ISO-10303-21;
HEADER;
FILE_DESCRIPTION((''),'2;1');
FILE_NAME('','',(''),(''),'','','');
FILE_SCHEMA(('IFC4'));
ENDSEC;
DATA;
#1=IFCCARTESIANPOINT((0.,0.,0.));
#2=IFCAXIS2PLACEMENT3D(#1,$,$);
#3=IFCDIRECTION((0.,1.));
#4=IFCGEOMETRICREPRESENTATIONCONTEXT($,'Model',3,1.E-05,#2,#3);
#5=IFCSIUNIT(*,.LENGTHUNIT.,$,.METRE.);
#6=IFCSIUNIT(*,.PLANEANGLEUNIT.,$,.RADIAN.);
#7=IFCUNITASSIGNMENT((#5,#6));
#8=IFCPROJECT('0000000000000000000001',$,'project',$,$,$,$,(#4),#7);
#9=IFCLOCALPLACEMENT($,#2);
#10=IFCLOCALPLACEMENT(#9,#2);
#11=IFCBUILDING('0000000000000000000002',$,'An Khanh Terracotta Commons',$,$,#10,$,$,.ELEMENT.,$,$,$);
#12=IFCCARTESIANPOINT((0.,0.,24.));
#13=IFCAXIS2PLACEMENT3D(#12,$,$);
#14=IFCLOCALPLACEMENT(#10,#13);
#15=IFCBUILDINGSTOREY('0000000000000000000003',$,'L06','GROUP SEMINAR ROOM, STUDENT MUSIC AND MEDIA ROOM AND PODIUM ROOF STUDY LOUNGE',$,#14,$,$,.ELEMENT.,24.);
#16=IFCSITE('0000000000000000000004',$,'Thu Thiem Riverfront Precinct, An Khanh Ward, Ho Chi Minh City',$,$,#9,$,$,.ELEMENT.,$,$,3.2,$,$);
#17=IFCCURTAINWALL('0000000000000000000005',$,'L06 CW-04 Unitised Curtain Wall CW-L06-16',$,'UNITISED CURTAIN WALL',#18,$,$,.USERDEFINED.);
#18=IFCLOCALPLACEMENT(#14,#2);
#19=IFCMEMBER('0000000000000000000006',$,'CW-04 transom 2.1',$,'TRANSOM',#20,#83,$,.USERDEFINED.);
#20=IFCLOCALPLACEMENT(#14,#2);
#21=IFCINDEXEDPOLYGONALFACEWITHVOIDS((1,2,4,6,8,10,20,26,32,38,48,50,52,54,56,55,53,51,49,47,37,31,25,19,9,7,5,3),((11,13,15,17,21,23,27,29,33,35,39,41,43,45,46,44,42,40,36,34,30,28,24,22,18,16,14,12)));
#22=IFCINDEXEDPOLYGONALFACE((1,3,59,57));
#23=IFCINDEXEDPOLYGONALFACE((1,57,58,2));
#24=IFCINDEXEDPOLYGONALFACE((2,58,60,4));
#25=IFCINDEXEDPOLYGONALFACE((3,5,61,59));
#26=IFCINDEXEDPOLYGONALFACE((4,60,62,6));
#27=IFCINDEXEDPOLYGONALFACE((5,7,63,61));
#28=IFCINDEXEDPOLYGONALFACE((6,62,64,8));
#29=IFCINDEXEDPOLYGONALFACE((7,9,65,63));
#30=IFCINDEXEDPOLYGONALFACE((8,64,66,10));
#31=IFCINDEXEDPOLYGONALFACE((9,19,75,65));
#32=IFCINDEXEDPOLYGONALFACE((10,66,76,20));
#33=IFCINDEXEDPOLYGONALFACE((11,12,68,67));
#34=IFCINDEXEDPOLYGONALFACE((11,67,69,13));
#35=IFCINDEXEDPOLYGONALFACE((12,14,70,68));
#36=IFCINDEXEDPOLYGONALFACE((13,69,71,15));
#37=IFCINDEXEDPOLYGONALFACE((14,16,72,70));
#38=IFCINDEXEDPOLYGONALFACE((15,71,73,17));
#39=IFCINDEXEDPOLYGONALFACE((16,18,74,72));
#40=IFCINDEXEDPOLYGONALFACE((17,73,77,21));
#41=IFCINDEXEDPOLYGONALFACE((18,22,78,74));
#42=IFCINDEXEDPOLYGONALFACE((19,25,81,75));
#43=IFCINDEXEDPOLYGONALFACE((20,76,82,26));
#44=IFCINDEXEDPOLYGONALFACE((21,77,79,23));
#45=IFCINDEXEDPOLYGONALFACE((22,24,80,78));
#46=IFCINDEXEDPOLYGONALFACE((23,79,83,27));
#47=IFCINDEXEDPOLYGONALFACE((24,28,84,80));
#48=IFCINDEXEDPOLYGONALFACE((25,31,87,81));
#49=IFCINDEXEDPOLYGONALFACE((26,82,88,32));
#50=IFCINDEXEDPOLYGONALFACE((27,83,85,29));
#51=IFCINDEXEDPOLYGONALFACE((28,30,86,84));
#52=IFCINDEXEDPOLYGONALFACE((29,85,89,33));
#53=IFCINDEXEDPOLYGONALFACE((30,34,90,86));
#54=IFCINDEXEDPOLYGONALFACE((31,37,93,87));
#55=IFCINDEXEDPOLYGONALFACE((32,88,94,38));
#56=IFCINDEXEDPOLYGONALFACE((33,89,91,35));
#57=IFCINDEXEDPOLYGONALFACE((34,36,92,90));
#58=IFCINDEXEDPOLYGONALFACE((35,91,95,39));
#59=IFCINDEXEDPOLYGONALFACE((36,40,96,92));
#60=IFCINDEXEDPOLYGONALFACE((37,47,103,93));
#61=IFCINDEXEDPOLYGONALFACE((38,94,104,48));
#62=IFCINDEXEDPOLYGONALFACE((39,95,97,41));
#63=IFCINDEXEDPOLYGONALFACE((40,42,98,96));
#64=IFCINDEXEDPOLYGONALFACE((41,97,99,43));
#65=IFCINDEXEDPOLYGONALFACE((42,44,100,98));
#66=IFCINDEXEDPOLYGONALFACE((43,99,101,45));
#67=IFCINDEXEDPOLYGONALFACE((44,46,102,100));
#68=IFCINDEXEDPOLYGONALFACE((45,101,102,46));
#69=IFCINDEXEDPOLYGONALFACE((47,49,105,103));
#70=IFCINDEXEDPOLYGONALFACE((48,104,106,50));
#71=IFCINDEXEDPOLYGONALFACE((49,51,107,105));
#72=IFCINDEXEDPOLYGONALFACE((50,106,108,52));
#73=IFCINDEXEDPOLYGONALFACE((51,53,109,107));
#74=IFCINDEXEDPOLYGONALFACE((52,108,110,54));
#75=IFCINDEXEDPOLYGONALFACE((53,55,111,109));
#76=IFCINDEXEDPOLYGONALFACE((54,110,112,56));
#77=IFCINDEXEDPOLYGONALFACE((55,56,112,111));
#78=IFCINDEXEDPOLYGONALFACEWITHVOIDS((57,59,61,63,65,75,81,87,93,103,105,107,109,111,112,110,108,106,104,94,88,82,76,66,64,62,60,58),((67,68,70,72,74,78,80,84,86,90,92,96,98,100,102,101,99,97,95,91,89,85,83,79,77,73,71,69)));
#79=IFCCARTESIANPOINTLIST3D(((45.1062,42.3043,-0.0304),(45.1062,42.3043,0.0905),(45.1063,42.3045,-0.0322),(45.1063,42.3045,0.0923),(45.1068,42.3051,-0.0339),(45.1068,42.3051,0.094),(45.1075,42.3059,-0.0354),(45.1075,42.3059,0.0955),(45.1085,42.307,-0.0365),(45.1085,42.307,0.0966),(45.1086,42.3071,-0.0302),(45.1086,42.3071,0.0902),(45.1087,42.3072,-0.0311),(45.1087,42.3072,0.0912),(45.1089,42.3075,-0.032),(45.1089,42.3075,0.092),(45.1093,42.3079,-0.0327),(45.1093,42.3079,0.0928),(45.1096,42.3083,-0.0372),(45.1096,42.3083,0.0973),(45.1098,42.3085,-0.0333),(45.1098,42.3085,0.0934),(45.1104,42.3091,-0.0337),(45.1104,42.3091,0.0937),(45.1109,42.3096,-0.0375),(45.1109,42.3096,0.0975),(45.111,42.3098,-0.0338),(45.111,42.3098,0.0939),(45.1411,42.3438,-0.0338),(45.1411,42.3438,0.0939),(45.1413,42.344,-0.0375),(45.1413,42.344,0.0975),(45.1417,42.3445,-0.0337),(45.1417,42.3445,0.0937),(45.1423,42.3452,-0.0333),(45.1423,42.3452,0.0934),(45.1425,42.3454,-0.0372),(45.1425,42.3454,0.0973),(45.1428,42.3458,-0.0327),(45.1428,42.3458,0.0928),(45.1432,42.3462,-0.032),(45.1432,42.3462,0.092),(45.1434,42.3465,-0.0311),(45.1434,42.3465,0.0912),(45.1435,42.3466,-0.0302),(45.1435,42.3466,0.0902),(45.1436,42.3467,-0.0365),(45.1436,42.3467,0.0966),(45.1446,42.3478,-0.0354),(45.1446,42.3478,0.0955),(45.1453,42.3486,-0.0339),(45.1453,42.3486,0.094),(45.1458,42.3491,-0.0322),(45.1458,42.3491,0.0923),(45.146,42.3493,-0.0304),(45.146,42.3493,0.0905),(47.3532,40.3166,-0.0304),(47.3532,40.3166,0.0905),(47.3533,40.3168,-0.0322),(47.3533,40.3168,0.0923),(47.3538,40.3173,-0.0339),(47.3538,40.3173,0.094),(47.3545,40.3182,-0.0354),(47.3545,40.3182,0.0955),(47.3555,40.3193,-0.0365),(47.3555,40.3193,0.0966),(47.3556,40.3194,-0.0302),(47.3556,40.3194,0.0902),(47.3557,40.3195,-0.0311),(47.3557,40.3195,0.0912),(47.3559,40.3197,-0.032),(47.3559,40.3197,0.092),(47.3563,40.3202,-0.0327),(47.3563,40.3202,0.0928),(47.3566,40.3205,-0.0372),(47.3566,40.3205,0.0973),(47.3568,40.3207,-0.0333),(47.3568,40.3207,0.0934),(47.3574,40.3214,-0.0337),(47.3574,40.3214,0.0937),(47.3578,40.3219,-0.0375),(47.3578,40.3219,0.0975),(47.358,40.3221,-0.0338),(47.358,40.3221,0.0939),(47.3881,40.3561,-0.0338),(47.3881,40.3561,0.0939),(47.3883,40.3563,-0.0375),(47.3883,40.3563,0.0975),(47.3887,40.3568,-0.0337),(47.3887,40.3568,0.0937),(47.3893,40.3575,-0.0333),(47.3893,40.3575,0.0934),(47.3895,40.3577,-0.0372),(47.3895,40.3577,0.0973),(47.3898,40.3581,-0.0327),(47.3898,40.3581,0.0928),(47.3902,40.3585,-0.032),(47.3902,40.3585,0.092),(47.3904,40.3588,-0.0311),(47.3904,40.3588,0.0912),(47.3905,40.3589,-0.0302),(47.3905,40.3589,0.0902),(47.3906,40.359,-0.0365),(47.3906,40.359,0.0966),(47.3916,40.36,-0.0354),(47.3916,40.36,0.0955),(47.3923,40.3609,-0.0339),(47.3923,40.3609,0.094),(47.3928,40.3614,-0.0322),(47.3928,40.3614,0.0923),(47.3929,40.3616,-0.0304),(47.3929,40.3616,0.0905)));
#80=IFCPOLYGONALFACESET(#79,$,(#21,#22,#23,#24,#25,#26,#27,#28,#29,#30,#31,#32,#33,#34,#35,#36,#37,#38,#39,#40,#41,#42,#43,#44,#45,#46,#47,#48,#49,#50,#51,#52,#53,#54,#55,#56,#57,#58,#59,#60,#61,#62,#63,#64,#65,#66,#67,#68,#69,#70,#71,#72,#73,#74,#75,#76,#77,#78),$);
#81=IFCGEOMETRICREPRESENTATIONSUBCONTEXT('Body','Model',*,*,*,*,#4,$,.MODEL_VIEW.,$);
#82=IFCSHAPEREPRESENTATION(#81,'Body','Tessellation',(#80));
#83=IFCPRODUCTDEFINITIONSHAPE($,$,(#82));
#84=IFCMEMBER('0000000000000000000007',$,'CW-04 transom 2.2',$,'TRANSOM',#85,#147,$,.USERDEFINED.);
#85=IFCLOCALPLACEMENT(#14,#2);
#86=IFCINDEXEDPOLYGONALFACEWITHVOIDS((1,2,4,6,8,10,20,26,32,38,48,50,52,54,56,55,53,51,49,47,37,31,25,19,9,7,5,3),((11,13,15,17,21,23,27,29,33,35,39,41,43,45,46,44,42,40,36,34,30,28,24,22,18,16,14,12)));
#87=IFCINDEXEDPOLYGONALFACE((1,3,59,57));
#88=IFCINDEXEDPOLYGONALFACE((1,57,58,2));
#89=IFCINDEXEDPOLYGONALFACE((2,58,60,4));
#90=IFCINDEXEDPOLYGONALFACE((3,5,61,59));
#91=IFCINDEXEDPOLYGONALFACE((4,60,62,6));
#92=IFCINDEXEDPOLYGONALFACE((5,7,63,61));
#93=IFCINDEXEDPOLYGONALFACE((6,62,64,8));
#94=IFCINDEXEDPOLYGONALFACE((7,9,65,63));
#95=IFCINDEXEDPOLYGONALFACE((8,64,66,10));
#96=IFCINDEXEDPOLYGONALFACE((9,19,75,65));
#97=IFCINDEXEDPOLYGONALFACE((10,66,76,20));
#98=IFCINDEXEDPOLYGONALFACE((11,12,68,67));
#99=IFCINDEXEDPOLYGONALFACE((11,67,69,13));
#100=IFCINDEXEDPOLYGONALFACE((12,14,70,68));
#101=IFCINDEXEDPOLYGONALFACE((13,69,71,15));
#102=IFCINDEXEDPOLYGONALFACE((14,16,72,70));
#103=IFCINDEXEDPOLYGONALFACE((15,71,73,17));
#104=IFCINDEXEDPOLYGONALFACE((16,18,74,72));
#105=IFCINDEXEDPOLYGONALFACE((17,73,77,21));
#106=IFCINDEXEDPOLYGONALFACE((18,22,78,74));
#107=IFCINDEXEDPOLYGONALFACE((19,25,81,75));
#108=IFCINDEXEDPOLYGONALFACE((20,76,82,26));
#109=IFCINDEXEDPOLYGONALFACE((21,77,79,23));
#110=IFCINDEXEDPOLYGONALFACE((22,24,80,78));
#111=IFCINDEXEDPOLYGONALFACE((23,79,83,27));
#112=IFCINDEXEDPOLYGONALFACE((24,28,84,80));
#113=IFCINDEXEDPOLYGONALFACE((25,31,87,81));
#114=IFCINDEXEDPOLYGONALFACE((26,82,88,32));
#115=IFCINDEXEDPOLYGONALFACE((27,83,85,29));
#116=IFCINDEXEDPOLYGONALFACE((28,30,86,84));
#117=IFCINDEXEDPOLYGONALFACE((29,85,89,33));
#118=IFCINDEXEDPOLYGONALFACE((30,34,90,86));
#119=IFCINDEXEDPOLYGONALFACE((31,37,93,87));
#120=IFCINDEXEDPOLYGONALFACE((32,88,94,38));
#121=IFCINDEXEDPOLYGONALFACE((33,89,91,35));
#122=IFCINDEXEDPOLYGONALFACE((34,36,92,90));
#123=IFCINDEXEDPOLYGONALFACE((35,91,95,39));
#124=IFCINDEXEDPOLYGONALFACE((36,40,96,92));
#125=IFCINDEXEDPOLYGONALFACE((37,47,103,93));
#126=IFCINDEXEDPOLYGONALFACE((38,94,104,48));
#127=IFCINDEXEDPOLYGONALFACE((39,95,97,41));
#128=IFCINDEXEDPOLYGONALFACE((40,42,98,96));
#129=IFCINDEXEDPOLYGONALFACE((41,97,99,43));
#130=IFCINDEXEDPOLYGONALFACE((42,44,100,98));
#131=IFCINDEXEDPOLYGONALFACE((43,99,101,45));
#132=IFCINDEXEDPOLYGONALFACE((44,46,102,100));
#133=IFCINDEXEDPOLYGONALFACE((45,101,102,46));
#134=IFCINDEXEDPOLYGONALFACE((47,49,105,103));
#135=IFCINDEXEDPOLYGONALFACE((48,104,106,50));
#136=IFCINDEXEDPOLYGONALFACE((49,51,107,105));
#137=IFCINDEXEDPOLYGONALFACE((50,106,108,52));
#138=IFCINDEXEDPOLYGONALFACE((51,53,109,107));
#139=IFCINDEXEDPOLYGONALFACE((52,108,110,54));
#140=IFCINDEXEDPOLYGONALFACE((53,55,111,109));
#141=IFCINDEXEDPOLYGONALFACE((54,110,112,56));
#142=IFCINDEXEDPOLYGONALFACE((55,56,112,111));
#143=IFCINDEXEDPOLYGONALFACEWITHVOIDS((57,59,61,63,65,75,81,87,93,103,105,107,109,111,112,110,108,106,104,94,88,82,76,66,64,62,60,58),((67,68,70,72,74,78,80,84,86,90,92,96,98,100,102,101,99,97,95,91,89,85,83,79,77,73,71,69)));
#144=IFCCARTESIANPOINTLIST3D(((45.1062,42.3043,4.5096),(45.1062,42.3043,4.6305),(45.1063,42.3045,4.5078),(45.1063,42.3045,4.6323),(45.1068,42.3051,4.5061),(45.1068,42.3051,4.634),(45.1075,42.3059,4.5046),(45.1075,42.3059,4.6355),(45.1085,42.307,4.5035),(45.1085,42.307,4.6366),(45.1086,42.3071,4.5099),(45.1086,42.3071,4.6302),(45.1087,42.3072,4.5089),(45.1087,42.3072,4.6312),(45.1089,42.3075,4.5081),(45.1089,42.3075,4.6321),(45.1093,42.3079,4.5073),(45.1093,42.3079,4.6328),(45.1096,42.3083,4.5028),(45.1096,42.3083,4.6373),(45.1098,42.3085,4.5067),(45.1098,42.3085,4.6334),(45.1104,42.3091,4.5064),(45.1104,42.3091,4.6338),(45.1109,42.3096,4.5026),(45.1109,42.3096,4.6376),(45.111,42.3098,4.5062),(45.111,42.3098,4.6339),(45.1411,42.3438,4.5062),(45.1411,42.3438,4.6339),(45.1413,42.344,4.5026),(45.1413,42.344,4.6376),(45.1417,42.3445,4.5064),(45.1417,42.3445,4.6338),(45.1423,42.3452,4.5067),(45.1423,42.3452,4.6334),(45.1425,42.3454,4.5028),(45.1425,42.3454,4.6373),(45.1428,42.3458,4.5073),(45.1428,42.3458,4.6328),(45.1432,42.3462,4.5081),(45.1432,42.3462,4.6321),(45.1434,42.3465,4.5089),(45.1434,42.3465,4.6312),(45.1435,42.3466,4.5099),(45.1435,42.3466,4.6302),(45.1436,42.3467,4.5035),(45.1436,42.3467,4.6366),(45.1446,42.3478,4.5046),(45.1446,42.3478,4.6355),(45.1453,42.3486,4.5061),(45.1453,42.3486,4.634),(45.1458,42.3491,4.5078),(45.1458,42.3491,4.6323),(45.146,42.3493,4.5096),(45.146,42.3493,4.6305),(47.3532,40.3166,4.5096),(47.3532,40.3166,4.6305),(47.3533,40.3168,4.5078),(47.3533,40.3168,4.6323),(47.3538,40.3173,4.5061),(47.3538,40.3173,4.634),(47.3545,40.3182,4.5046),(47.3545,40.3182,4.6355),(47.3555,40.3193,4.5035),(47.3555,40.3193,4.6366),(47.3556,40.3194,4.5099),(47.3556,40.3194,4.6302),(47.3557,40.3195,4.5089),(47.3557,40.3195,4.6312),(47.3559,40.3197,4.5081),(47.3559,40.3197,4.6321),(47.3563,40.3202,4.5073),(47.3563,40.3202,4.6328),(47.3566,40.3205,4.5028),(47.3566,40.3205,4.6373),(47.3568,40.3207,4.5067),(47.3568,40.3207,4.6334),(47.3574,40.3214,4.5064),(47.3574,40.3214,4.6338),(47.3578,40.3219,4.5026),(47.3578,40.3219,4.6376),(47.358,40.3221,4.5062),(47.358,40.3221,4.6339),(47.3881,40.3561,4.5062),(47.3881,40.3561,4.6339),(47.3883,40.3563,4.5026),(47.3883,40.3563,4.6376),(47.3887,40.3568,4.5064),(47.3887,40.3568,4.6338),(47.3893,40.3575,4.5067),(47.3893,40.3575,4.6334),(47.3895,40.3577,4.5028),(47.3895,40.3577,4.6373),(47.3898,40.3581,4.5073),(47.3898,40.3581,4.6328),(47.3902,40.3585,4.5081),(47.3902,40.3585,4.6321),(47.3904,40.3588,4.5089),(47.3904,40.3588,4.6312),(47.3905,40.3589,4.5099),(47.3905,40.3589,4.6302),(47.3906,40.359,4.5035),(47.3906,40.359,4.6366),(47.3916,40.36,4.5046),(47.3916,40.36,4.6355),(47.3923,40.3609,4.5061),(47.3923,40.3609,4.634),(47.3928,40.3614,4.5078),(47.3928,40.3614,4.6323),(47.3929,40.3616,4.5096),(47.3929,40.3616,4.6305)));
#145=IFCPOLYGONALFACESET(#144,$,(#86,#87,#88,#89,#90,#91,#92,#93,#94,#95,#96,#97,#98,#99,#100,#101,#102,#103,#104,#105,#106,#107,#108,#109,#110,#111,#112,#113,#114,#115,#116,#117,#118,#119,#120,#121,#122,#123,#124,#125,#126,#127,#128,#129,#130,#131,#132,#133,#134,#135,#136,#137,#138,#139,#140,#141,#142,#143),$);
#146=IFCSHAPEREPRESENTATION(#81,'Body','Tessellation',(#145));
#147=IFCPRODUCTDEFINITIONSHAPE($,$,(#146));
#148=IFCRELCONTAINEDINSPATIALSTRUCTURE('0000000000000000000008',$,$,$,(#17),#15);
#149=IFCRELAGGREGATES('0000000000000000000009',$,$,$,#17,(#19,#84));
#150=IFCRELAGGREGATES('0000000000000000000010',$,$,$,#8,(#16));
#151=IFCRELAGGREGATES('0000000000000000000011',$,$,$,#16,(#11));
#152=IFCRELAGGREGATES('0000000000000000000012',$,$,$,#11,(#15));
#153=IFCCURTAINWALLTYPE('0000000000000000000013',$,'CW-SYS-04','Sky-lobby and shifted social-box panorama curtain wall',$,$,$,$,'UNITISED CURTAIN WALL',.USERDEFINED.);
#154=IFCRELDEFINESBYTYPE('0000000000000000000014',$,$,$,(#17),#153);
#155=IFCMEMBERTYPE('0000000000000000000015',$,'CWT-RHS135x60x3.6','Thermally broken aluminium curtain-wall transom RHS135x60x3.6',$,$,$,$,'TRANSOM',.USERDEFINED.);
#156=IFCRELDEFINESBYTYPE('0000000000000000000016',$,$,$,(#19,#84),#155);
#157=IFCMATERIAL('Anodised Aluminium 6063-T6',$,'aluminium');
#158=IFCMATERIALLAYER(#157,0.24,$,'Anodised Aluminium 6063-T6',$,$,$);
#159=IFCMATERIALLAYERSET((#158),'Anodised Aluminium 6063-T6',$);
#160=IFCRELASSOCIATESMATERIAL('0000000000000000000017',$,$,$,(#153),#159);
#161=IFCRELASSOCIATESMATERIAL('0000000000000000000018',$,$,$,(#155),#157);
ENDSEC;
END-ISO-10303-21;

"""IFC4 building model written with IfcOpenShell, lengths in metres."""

from ifc_helpers import new_model, si_unit, direction, frame, origin, origin_2d, place, context, subcontext, project, spatial, hollow_rectangle, extrude, material, layer, layer_set, material_profile, profile_set, type_object, element, aggregate, save


model = new_model("IFC4")

# Units and contexts
model_context = context("Model", 3, precision=1e-05, world=origin(), true_north=direction((0.0, 1.0)))
body_context = subcontext(model_context, "Body", "Model", "MODEL_VIEW")
ifc_project = project(units=[si_unit("LENGTHUNIT", "METRE"), si_unit("PLANEANGLEUNIT", "RADIAN")], contexts=[model_context])

# Site, building, storey
site_placement = place(None, origin())
site = spatial("IfcSite", under=ifc_project, at=site_placement, Name="Thu Thiem Riverfront Precinct, An Khanh Ward, Ho Chi Minh City", CompositionType="ELEMENT", RefElevation=3.2)
building_placement = place(site_placement, origin())
building = spatial("IfcBuilding", under=site, at=building_placement, Name="An Khanh Terracotta Commons", CompositionType="ELEMENT")
storey_placement = place(building_placement, frame((0.0, 0.0, 24.0)))
storey = spatial("IfcBuildingStorey", under=building, at=storey_placement, Name="L06", Description="GROUP SEMINAR ROOM, STUDENT MUSIC AND MEDIA ROOM AND PODIUM ROOF STUDY LOUNGE", CompositionType="ELEMENT", Elevation=24.0)

# Shared definitions
ifc_material_1 = material(Name="Anodised Aluminium 6063-T6", Category="aluminium")
ifc_layer_1 = layer(ifc_material_1, 0.24, Name="Anodised Aluminium 6063-T6")
ifc_layer_set_1 = layer_set([ifc_layer_1], Name="Anodised Aluminium 6063-T6")
curtain_wall_type = type_object("IfcCurtainWallType", Name="CW-SYS-04", Description="Sky-lobby and shifted social-box panorama curtain wall", ElementType="UNITISED CURTAIN WALL", PredefinedType="USERDEFINED", material=ifc_layer_set_1)

# Curtain wall, members
curtain_wall_1_placement = place(storey_placement, origin())
curtain_wall_1 = element("IfcCurtainWall", 1, at=curtain_wall_1_placement, inside=storey, type_object=curtain_wall_type, Name="L06 CW-04 Unitised Curtain Wall CW-L06-16", ObjectType="UNITISED CURTAIN WALL", PredefinedType="USERDEFINED")
ifc_material_profile_1 = material_profile(ifc_material_1, hollow_rectangle(XDim=0.0601, YDim=0.135, WallThickness=0.0037, InnerFilletRadius=0.0037, OuterFilletRadius=0.0071, at=origin_2d()), Name="RHS135x60x3.6")
ifc_profile_set_1 = profile_set([ifc_material_profile_1], Name="Anodised Aluminium 6063-T6")
member_type_1 = type_object("IfcMemberType", Name="CWT-RHS135x60x3.6", Description="Thermally broken aluminium curtain-wall transom RHS135x60x3.6", ElementType="TRANSOM", PredefinedType="USERDEFINED", material=ifc_profile_set_1)
member_1_placement = place(storey_placement, frame((47.373, 40.3391, 0.03), z_axis=(-0.748997, 0.662574, 0.0), x_axis=(-0.662574, -0.748997, 0.0)))
member_1 = element("IfcMember", 2, at=member_1_placement, type_object=member_type_1, Name="CW-04 transom 2.1", ObjectType="TRANSOM", PredefinedType="USERDEFINED", context=body_context, shape_type="SweptSolid", body=[
    extrude(hollow_rectangle(XDim=0.0601, YDim=0.135, WallThickness=0.0037, InnerFilletRadius=0.0037, OuterFilletRadius=0.0071, at=origin_2d()), origin(), (0.0, 0.0, 1.0), 3.0),
])
member_2_placement = place(storey_placement, frame((47.373, 40.3391, 4.5701), z_axis=(-0.748997, 0.662574, 0.0), x_axis=(-0.662574, -0.748997, 0.0)))
member_2 = element("IfcMember", 3, at=member_2_placement, type_object=member_type_1, Name="CW-04 transom 2.2", ObjectType="TRANSOM", PredefinedType="USERDEFINED", context=body_context, shape_type="SweptSolid", body=[
    extrude(hollow_rectangle(XDim=0.0601, YDim=0.135, WallThickness=0.0037, InnerFilletRadius=0.0037, OuterFilletRadius=0.0071, at=origin_2d()), origin(), (0.0, 0.0, 1.0), 3.0),
])
aggregate(curtain_wall_1, [member_1, member_2])

save(model, "model.ifc")
